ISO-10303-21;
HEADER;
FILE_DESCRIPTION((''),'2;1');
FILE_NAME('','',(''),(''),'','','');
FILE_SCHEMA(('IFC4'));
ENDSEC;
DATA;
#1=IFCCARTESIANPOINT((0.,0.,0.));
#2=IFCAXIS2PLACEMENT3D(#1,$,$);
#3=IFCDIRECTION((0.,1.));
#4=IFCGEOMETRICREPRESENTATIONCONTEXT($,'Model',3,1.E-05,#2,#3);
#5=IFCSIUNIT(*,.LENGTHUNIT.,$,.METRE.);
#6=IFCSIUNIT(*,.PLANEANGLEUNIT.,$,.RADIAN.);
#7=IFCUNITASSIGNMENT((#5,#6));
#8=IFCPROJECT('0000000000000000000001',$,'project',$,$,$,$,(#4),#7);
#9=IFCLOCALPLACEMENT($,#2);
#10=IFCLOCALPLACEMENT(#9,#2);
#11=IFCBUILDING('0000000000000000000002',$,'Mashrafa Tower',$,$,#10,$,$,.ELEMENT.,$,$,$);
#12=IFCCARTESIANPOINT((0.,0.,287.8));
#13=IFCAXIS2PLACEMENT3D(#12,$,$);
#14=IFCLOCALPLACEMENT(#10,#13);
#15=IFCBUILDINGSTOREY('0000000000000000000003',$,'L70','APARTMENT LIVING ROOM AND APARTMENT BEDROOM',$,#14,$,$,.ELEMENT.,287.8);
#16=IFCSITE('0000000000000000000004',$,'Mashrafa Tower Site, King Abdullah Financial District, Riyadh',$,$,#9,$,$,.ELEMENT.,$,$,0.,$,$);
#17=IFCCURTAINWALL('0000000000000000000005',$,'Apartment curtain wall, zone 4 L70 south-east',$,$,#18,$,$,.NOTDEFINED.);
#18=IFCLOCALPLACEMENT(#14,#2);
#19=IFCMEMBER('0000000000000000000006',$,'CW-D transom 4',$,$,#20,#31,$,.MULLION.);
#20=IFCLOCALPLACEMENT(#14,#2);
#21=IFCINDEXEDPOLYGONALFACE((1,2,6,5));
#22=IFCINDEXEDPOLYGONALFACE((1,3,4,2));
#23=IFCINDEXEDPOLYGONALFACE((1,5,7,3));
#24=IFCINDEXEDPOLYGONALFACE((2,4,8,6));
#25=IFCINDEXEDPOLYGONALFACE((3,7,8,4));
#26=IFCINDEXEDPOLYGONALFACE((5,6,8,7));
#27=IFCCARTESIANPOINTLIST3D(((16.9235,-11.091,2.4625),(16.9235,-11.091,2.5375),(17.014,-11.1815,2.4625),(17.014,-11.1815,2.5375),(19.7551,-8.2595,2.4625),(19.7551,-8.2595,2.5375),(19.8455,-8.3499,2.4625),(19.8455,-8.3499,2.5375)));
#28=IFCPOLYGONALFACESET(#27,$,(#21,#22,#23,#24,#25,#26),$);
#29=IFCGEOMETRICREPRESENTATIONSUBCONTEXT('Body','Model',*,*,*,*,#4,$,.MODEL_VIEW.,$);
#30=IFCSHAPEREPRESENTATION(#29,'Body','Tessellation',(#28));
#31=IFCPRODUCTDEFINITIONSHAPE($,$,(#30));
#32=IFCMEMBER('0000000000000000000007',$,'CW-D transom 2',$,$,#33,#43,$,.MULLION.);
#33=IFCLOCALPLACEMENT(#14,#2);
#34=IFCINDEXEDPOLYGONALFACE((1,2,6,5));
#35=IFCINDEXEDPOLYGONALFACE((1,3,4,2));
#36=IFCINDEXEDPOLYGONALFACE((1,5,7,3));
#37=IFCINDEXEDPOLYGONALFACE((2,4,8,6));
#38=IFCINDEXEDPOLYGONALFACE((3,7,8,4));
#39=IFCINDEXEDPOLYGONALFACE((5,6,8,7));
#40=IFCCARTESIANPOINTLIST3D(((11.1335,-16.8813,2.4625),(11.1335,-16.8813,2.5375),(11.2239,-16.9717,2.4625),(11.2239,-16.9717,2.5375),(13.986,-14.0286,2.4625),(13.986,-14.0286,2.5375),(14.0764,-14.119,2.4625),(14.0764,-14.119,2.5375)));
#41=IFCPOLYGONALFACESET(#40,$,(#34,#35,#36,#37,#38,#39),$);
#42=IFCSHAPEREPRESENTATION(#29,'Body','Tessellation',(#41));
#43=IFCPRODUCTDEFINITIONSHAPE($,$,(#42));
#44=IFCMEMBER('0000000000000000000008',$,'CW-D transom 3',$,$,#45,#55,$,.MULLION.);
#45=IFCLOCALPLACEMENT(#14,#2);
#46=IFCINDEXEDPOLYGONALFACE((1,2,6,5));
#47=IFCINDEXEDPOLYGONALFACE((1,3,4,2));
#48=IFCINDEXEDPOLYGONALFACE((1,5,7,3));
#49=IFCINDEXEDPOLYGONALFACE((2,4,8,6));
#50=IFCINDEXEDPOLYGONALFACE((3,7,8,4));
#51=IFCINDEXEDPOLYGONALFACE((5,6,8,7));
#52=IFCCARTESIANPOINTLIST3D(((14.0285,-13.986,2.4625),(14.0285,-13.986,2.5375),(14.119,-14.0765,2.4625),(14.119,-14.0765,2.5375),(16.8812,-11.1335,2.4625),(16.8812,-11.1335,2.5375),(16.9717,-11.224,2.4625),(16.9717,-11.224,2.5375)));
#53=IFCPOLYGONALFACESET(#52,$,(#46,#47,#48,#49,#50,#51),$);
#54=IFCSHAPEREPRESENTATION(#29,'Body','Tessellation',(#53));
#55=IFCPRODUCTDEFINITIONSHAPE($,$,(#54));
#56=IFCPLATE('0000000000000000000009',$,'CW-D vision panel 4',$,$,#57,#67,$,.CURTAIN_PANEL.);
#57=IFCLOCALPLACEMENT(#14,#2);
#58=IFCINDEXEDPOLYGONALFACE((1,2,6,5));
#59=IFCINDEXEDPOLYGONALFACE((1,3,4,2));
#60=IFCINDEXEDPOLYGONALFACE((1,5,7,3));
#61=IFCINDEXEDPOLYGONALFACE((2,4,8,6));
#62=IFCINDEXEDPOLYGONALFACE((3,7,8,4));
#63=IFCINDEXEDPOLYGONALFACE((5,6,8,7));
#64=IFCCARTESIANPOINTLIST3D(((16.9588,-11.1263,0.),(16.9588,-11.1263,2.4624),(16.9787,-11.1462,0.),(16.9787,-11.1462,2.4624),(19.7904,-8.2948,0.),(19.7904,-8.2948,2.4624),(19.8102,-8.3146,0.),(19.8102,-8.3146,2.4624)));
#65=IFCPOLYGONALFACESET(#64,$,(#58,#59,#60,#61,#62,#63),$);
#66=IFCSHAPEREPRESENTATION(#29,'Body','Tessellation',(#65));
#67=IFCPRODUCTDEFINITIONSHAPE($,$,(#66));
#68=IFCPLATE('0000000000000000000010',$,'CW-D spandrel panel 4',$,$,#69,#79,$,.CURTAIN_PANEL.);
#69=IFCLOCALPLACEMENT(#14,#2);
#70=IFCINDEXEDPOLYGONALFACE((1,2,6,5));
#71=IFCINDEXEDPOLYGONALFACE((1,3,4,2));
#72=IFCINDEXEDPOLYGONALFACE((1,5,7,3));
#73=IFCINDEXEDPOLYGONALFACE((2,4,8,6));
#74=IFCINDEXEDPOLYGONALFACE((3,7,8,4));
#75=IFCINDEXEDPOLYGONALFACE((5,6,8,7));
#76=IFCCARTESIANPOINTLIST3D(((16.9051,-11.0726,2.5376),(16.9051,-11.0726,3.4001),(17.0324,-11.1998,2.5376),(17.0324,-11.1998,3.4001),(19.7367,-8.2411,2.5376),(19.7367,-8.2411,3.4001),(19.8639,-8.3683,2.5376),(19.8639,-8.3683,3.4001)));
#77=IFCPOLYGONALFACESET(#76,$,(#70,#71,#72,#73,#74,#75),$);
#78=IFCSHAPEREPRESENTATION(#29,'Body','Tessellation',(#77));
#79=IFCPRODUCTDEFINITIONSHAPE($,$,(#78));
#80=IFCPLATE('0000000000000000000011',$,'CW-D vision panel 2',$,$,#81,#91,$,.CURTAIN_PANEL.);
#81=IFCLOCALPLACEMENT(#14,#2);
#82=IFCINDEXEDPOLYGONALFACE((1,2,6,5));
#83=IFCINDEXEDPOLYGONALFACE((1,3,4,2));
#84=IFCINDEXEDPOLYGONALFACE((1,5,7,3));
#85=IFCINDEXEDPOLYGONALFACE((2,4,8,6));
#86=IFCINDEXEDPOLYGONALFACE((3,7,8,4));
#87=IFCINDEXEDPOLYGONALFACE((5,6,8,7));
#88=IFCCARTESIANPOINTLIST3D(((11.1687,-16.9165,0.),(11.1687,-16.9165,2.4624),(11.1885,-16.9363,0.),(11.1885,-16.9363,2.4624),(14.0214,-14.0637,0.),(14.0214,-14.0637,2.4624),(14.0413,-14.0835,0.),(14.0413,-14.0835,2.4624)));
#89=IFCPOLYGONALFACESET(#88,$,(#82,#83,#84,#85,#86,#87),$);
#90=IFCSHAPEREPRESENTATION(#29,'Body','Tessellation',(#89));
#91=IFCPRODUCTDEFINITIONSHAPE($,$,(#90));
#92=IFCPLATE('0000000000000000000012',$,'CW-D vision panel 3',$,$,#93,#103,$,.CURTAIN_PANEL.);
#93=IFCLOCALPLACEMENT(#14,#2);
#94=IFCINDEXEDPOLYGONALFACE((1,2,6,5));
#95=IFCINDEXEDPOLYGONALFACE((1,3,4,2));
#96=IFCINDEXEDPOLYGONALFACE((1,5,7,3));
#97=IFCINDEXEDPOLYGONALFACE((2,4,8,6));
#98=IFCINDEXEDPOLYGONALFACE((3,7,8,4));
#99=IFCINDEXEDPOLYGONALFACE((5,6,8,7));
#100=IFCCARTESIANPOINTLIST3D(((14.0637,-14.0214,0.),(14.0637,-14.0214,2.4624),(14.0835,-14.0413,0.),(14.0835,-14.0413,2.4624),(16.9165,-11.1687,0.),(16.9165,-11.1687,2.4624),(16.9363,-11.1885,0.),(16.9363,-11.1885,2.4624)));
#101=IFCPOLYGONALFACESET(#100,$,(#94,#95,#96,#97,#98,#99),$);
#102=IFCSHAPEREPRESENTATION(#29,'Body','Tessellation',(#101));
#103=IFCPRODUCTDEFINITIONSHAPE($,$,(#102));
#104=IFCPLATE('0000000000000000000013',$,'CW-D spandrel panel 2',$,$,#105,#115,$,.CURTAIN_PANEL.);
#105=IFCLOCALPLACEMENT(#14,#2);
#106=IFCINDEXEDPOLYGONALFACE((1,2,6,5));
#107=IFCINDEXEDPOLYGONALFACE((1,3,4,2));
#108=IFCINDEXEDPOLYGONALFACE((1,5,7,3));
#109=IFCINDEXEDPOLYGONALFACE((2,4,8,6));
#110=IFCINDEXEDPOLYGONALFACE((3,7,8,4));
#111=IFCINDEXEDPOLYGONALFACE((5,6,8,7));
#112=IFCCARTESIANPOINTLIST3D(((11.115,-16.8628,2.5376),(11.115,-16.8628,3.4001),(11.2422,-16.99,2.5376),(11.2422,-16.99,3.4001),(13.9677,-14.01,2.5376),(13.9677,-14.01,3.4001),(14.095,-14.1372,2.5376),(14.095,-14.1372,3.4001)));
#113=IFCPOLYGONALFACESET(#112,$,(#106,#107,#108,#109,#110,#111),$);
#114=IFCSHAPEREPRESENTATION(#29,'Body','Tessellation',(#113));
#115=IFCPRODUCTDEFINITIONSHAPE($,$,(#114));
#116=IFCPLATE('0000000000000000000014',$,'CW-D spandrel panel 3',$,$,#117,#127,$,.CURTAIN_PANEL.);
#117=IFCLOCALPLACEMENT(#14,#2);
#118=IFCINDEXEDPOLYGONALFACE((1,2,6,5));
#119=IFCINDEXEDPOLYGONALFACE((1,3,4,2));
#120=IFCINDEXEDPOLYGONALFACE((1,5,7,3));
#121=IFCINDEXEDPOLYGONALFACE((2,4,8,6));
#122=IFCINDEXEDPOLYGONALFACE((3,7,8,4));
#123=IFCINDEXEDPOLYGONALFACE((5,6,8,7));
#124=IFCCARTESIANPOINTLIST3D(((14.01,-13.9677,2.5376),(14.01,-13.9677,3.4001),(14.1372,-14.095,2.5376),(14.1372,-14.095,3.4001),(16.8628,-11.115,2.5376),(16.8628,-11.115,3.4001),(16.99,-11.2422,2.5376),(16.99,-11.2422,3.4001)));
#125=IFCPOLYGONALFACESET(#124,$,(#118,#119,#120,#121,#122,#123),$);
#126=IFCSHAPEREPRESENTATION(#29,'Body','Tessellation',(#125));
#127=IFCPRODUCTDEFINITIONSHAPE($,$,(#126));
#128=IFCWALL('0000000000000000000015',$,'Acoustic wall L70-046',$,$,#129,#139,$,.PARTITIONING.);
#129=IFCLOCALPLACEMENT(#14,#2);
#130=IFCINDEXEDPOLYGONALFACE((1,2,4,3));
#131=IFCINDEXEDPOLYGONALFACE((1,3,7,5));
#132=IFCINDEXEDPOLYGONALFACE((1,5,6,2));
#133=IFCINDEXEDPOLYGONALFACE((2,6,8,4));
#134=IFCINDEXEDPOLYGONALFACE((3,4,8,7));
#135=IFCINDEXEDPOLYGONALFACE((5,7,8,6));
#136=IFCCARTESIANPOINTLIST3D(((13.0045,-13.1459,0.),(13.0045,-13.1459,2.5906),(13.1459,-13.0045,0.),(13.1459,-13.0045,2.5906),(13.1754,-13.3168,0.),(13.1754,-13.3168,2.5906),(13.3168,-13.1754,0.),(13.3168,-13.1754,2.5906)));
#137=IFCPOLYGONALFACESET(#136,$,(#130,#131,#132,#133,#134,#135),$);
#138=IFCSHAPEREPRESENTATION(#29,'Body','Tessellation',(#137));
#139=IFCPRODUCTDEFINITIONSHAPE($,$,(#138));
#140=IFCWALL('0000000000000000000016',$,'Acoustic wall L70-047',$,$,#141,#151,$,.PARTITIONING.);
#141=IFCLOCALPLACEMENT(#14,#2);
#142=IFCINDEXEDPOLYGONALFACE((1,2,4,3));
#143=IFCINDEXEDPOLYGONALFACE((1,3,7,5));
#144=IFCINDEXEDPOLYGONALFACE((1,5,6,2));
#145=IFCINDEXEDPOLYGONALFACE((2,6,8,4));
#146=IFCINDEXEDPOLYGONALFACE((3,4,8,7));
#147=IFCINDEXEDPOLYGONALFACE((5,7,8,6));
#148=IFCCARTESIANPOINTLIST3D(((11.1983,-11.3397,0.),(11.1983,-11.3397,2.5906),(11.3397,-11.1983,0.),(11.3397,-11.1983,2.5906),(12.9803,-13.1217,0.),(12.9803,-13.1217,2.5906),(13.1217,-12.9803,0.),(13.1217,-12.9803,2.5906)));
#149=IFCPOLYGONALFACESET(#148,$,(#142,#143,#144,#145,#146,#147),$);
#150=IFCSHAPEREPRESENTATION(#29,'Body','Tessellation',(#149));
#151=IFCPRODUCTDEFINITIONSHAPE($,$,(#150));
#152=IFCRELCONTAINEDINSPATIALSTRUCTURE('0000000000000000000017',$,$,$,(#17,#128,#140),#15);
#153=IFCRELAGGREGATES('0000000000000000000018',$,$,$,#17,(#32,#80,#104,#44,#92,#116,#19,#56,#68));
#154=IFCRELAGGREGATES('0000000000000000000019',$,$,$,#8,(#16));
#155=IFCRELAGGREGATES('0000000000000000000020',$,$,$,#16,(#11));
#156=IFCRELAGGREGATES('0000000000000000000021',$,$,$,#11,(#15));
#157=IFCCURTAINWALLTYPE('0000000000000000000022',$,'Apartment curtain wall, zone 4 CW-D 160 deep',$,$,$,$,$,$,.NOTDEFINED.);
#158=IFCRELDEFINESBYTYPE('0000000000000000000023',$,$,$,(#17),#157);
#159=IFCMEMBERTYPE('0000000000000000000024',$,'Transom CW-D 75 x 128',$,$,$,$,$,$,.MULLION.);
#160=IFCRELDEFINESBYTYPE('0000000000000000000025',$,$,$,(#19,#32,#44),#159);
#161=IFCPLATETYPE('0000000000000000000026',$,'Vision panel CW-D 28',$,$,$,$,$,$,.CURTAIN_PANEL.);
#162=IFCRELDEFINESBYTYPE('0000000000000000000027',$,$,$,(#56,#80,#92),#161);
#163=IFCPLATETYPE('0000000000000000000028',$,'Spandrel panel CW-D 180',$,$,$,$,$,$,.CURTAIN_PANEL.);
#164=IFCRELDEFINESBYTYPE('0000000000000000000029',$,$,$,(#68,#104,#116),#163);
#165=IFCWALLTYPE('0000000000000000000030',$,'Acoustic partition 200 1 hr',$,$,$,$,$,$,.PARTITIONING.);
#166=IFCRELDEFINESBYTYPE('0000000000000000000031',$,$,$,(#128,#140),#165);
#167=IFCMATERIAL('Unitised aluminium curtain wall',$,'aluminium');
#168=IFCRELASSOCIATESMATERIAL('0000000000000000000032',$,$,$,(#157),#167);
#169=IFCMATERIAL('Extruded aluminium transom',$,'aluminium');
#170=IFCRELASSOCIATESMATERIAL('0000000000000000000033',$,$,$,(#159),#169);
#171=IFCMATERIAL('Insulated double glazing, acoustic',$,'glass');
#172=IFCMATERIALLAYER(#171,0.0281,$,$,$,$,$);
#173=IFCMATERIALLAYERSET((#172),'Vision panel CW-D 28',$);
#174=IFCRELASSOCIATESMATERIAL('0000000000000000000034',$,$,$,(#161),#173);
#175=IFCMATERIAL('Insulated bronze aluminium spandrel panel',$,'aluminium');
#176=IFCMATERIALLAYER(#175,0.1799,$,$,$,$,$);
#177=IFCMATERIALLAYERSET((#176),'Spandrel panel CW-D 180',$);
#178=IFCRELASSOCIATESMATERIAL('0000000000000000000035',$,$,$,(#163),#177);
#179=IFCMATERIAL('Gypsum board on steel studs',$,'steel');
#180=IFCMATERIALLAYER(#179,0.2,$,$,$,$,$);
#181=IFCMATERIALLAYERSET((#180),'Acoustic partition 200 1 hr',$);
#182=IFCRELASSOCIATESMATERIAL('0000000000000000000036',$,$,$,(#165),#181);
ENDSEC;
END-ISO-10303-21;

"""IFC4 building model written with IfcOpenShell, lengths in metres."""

from ifc_helpers import new_model, si_unit, direction, frame, frame_2d, origin, origin_2d, place, context, subcontext, project, spatial, rectangle, extrude, source, transform, mapped, material, layer, layer_set, material_profile, profile_set, type_object, type_shapes, element, aggregate, save


model = new_model("IFC4")

# Units and contexts
model_context = context("Model", 3, precision=1e-05, world=origin(), true_north=direction((0.0, 1.0)))
body_context = subcontext(model_context, "Body", "Model", "MODEL_VIEW")
ifc_project = project(units=[si_unit("LENGTHUNIT", "METRE"), si_unit("PLANEANGLEUNIT", "RADIAN")], contexts=[model_context])

# Site, building, storey
site_placement = place(None, origin())
site = spatial("IfcSite", under=ifc_project, at=site_placement, Name="Mashrafa Tower Site, King Abdullah Financial District, Riyadh", CompositionType="ELEMENT", RefElevation=0.0)
building_placement = place(site_placement, origin())
building = spatial("IfcBuilding", under=site, at=building_placement, Name="Mashrafa Tower", CompositionType="ELEMENT")
storey_placement = place(building_placement, frame((0.0, 0.0, 287.8)))
storey = spatial("IfcBuildingStorey", under=building, at=storey_placement, Name="L70", Description="APARTMENT LIVING ROOM AND APARTMENT BEDROOM", CompositionType="ELEMENT", Elevation=287.8)

# Curtain wall, members, plates
ifc_material_1 = material(Name="Unitised aluminium curtain wall", Category="aluminium")
curtain_wall_type = type_object("IfcCurtainWallType", Name="Apartment curtain wall, zone 4 CW-D 160 deep", PredefinedType="NOTDEFINED", material=ifc_material_1)
curtain_wall_placement = place(storey_placement, origin())
curtain_wall = element("IfcCurtainWall", 1, at=curtain_wall_placement, inside=storey, type_object=curtain_wall_type, Name="Apartment curtain wall, zone 4 L70 south-east", PredefinedType="NOTDEFINED")
ifc_material_2 = material(Name="Extruded aluminium transom", Category="aluminium")
ifc_material_profile_1 = material_profile(ifc_material_2, rectangle(XDim=0.1279, YDim=0.075, at=origin_2d()), Name="Transom 75x128")
ifc_profile_set_1 = profile_set([ifc_material_profile_1], Name="Extruded aluminium transom")
member_type_1 = type_object("IfcMemberType", Name="Transom CW-D 75 x 128", PredefinedType="MULLION", material=ifc_profile_set_1)
shared_shape_1 = source(origin(), body_context, "Body", "SweptSolid", [
    extrude(rectangle(XDim=0.1279, YDim=0.075, at=origin_2d()), origin(), (0.0, 0.0, 1.0), 4.0044),
])
member_1_placement = place(storey_placement, frame((16.9688, -11.1362, 2.5), z_axis=(0.707107, 0.707107, 0.0), x_axis=(-0.707107, 0.707107, 0.0)))
member_1 = element("IfcMember", 2, at=member_1_placement, type_object=member_type_1, Name="CW-D transom 4", PredefinedType="MULLION", context=body_context, shape_type="MappedRepresentation", body=[
    mapped(shared_shape_1, transform((0.0, 0.0, 0.0))),
])
shared_shape_2 = source(origin(), body_context, "Body", "SweptSolid", [
    extrude(rectangle(XDim=0.1279, YDim=0.075, at=origin_2d()), origin(), (0.0, 0.0, 1.0), 4.0342),
])
type_shapes(member_type_1, [shared_shape_1, shared_shape_2])
member_2_placement = place(storey_placement, frame((11.1787, -16.9265, 2.5), z_axis=(0.707077, 0.707137, 0.0), x_axis=(-0.707137, 0.707077, 0.0)))
member_2 = element("IfcMember", 3, at=member_2_placement, type_object=member_type_1, Name="CW-D transom 2", PredefinedType="MULLION", context=body_context, shape_type="MappedRepresentation", body=[
    mapped(shared_shape_2, transform((0.0, 0.0, 0.0))),
])
member_3_placement = place(storey_placement, frame((14.0737, -14.0312, 2.5), z_axis=(0.707137, 0.707077, 0.0), x_axis=(-0.707077, 0.707137, 0.0)))
member_3 = element("IfcMember", 4, at=member_3_placement, type_object=member_type_1, Name="CW-D transom 3", PredefinedType="MULLION", context=body_context, shape_type="MappedRepresentation", body=[
    mapped(shared_shape_2, transform((0.0, 0.0, 0.0))),
])
ifc_material_3 = material(Name="Insulated double glazing, acoustic", Category="glass")
ifc_layer_1 = layer(ifc_material_3, 0.0281)
ifc_layer_set_1 = layer_set([ifc_layer_1], Name="Vision panel CW-D 28")
plate_type_1 = type_object("IfcPlateType", Name="Vision panel CW-D 28", PredefinedType="CURTAIN_PANEL", material=ifc_layer_set_1)
shared_shape_3 = source(origin(), body_context, "Body", "SweptSolid", [
    extrude(rectangle(XDim=4.0044, YDim=0.0281, at=origin_2d()), origin(), (0.0, 0.0, 1.0), 2.4624),
])
plate_1_placement = place(storey_placement, frame((18.3845, -9.7205, 0.0), z_axis=(0.0, 0.0, 1.0), x_axis=(0.707107, 0.707107, 0.0)))
plate_1 = element("IfcPlate", 5, at=plate_1_placement, type_object=plate_type_1, Name="CW-D vision panel 4", PredefinedType="CURTAIN_PANEL", context=body_context, shape_type="MappedRepresentation", body=[
    mapped(shared_shape_3, transform((0.0, 0.0, 0.0))),
])
ifc_material_4 = material(Name="Insulated bronze aluminium spandrel panel", Category="aluminium")
ifc_layer_2 = layer(ifc_material_4, 0.1799)
ifc_layer_set_2 = layer_set([ifc_layer_2], Name="Spandrel panel CW-D 180")
plate_type_2 = type_object("IfcPlateType", Name="Spandrel panel CW-D 180", PredefinedType="CURTAIN_PANEL", material=ifc_layer_set_2)
shared_shape_4 = source(origin(), body_context, "Body", "SweptSolid", [
    extrude(rectangle(XDim=4.0044, YDim=0.1799, at=origin_2d()), origin(), (0.0, 0.0, 1.0), 0.8625),
])
plate_2_placement = place(storey_placement, frame((18.3845, -9.7205, 2.5376), z_axis=(0.0, 0.0, 1.0), x_axis=(0.707107, 0.707107, 0.0)))
plate_2 = element("IfcPlate", 6, at=plate_2_placement, type_object=plate_type_2, Name="CW-D spandrel panel 4", PredefinedType="CURTAIN_PANEL", context=body_context, shape_type="MappedRepresentation", body=[
    mapped(shared_shape_4, transform((0.0, 0.0, 0.0))),
])
shared_shape_5 = source(origin(), body_context, "Body", "SweptSolid", [
    extrude(rectangle(XDim=4.0344, YDim=0.0281, at=origin_2d()), origin(), (0.0, 0.0, 1.0), 2.4624),
])
type_shapes(plate_type_1, [shared_shape_3, shared_shape_5])
plate_3_placement = place(storey_placement, frame((12.605, -15.5, 0.0), z_axis=(0.0, 0.0, 1.0), x_axis=(0.707107, 0.707107, 0.0)))
plate_3 = element("IfcPlate", 7, at=plate_3_placement, type_object=plate_type_1, Name="CW-D vision panel 2", PredefinedType="CURTAIN_PANEL", context=body_context, shape_type="MappedRepresentation", body=[
    mapped(shared_shape_5, transform((0.0, 0.0, 0.0))),
])
plate_4_placement = place(storey_placement, frame((15.5, -12.605, 0.0), z_axis=(0.0, 0.0, 1.0), x_axis=(0.707107, 0.707107, 0.0)))
plate_4 = element("IfcPlate", 8, at=plate_4_placement, type_object=plate_type_1, Name="CW-D vision panel 3", PredefinedType="CURTAIN_PANEL", context=body_context, shape_type="MappedRepresentation", body=[
    mapped(shared_shape_5, transform((0.0, 0.0, 0.0))),
])
shared_shape_6 = source(origin(), body_context, "Body", "SweptSolid", [
    extrude(rectangle(XDim=4.0344, YDim=0.1799, at=origin_2d()), origin(), (0.0, 0.0, 1.0), 0.8625),
])
type_shapes(plate_type_2, [shared_shape_4, shared_shape_6])
plate_5_placement = place(storey_placement, frame((12.605, -15.5, 2.5376), z_axis=(0.0, 0.0, 1.0), x_axis=(0.707107, 0.707107, 0.0)))
plate_5 = element("IfcPlate", 9, at=plate_5_placement, type_object=plate_type_2, Name="CW-D spandrel panel 2", PredefinedType="CURTAIN_PANEL", context=body_context, shape_type="MappedRepresentation", body=[
    mapped(shared_shape_6, transform((0.0, 0.0, 0.0))),
])
plate_6_placement = place(storey_placement, frame((15.5, -12.605, 2.5376), z_axis=(0.0, 0.0, 1.0), x_axis=(0.707107, 0.707107, 0.0)))
plate_6 = element("IfcPlate", 10, at=plate_6_placement, type_object=plate_type_2, Name="CW-D spandrel panel 3", PredefinedType="CURTAIN_PANEL", context=body_context, shape_type="MappedRepresentation", body=[
    mapped(shared_shape_6, transform((0.0, 0.0, 0.0))),
])
aggregate(curtain_wall, [member_2, plate_3, plate_5, member_3, plate_4, plate_6, member_1, plate_1, plate_2])

# Walls
ifc_material_5 = material(Name="Gypsum board on steel studs", Category="steel")
ifc_layer_3 = layer(ifc_material_5, 0.2)
ifc_layer_set_3 = layer_set([ifc_layer_3], Name="Acoustic partition 200 1 hr")
wall_type_1 = type_object("IfcWallType", Name="Acoustic partition 200 1 hr", PredefinedType="PARTITIONING", material=ifc_layer_set_3)
wall_1_placement = place(storey_placement, frame((13.0752, -13.0752, 0.0), z_axis=(0.0, 0.0, 1.0), x_axis=(0.707107, -0.707107, 0.0)))
element("IfcWall", 11, at=wall_1_placement, inside=storey, type_object=wall_type_1, Name="Acoustic wall L70-046", PredefinedType="PARTITIONING", context=body_context, shape_type="SweptSolid", body=[
    extrude(rectangle(XDim=0.2417, YDim=0.2, at=frame_2d((0.1208, 0.0))), origin(), (0.0, 0.0, 1.0), 2.5906),
])
wall_2_placement = place(storey_placement, frame((11.269, -11.269, 0.0), z_axis=(0.0, 0.0, 1.0), x_axis=(0.707107, -0.707107, 0.0)))
element("IfcWall", 12, at=wall_2_placement, inside=storey, type_object=wall_type_1, Name="Acoustic wall L70-047", PredefinedType="PARTITIONING", context=body_context, shape_type="SweptSolid", body=[
    extrude(rectangle(XDim=2.52, YDim=0.2, at=frame_2d((1.26, 0.0))), origin(), (0.0, 0.0, 1.0), 2.5906),
])

save(model, "model.ifc")
